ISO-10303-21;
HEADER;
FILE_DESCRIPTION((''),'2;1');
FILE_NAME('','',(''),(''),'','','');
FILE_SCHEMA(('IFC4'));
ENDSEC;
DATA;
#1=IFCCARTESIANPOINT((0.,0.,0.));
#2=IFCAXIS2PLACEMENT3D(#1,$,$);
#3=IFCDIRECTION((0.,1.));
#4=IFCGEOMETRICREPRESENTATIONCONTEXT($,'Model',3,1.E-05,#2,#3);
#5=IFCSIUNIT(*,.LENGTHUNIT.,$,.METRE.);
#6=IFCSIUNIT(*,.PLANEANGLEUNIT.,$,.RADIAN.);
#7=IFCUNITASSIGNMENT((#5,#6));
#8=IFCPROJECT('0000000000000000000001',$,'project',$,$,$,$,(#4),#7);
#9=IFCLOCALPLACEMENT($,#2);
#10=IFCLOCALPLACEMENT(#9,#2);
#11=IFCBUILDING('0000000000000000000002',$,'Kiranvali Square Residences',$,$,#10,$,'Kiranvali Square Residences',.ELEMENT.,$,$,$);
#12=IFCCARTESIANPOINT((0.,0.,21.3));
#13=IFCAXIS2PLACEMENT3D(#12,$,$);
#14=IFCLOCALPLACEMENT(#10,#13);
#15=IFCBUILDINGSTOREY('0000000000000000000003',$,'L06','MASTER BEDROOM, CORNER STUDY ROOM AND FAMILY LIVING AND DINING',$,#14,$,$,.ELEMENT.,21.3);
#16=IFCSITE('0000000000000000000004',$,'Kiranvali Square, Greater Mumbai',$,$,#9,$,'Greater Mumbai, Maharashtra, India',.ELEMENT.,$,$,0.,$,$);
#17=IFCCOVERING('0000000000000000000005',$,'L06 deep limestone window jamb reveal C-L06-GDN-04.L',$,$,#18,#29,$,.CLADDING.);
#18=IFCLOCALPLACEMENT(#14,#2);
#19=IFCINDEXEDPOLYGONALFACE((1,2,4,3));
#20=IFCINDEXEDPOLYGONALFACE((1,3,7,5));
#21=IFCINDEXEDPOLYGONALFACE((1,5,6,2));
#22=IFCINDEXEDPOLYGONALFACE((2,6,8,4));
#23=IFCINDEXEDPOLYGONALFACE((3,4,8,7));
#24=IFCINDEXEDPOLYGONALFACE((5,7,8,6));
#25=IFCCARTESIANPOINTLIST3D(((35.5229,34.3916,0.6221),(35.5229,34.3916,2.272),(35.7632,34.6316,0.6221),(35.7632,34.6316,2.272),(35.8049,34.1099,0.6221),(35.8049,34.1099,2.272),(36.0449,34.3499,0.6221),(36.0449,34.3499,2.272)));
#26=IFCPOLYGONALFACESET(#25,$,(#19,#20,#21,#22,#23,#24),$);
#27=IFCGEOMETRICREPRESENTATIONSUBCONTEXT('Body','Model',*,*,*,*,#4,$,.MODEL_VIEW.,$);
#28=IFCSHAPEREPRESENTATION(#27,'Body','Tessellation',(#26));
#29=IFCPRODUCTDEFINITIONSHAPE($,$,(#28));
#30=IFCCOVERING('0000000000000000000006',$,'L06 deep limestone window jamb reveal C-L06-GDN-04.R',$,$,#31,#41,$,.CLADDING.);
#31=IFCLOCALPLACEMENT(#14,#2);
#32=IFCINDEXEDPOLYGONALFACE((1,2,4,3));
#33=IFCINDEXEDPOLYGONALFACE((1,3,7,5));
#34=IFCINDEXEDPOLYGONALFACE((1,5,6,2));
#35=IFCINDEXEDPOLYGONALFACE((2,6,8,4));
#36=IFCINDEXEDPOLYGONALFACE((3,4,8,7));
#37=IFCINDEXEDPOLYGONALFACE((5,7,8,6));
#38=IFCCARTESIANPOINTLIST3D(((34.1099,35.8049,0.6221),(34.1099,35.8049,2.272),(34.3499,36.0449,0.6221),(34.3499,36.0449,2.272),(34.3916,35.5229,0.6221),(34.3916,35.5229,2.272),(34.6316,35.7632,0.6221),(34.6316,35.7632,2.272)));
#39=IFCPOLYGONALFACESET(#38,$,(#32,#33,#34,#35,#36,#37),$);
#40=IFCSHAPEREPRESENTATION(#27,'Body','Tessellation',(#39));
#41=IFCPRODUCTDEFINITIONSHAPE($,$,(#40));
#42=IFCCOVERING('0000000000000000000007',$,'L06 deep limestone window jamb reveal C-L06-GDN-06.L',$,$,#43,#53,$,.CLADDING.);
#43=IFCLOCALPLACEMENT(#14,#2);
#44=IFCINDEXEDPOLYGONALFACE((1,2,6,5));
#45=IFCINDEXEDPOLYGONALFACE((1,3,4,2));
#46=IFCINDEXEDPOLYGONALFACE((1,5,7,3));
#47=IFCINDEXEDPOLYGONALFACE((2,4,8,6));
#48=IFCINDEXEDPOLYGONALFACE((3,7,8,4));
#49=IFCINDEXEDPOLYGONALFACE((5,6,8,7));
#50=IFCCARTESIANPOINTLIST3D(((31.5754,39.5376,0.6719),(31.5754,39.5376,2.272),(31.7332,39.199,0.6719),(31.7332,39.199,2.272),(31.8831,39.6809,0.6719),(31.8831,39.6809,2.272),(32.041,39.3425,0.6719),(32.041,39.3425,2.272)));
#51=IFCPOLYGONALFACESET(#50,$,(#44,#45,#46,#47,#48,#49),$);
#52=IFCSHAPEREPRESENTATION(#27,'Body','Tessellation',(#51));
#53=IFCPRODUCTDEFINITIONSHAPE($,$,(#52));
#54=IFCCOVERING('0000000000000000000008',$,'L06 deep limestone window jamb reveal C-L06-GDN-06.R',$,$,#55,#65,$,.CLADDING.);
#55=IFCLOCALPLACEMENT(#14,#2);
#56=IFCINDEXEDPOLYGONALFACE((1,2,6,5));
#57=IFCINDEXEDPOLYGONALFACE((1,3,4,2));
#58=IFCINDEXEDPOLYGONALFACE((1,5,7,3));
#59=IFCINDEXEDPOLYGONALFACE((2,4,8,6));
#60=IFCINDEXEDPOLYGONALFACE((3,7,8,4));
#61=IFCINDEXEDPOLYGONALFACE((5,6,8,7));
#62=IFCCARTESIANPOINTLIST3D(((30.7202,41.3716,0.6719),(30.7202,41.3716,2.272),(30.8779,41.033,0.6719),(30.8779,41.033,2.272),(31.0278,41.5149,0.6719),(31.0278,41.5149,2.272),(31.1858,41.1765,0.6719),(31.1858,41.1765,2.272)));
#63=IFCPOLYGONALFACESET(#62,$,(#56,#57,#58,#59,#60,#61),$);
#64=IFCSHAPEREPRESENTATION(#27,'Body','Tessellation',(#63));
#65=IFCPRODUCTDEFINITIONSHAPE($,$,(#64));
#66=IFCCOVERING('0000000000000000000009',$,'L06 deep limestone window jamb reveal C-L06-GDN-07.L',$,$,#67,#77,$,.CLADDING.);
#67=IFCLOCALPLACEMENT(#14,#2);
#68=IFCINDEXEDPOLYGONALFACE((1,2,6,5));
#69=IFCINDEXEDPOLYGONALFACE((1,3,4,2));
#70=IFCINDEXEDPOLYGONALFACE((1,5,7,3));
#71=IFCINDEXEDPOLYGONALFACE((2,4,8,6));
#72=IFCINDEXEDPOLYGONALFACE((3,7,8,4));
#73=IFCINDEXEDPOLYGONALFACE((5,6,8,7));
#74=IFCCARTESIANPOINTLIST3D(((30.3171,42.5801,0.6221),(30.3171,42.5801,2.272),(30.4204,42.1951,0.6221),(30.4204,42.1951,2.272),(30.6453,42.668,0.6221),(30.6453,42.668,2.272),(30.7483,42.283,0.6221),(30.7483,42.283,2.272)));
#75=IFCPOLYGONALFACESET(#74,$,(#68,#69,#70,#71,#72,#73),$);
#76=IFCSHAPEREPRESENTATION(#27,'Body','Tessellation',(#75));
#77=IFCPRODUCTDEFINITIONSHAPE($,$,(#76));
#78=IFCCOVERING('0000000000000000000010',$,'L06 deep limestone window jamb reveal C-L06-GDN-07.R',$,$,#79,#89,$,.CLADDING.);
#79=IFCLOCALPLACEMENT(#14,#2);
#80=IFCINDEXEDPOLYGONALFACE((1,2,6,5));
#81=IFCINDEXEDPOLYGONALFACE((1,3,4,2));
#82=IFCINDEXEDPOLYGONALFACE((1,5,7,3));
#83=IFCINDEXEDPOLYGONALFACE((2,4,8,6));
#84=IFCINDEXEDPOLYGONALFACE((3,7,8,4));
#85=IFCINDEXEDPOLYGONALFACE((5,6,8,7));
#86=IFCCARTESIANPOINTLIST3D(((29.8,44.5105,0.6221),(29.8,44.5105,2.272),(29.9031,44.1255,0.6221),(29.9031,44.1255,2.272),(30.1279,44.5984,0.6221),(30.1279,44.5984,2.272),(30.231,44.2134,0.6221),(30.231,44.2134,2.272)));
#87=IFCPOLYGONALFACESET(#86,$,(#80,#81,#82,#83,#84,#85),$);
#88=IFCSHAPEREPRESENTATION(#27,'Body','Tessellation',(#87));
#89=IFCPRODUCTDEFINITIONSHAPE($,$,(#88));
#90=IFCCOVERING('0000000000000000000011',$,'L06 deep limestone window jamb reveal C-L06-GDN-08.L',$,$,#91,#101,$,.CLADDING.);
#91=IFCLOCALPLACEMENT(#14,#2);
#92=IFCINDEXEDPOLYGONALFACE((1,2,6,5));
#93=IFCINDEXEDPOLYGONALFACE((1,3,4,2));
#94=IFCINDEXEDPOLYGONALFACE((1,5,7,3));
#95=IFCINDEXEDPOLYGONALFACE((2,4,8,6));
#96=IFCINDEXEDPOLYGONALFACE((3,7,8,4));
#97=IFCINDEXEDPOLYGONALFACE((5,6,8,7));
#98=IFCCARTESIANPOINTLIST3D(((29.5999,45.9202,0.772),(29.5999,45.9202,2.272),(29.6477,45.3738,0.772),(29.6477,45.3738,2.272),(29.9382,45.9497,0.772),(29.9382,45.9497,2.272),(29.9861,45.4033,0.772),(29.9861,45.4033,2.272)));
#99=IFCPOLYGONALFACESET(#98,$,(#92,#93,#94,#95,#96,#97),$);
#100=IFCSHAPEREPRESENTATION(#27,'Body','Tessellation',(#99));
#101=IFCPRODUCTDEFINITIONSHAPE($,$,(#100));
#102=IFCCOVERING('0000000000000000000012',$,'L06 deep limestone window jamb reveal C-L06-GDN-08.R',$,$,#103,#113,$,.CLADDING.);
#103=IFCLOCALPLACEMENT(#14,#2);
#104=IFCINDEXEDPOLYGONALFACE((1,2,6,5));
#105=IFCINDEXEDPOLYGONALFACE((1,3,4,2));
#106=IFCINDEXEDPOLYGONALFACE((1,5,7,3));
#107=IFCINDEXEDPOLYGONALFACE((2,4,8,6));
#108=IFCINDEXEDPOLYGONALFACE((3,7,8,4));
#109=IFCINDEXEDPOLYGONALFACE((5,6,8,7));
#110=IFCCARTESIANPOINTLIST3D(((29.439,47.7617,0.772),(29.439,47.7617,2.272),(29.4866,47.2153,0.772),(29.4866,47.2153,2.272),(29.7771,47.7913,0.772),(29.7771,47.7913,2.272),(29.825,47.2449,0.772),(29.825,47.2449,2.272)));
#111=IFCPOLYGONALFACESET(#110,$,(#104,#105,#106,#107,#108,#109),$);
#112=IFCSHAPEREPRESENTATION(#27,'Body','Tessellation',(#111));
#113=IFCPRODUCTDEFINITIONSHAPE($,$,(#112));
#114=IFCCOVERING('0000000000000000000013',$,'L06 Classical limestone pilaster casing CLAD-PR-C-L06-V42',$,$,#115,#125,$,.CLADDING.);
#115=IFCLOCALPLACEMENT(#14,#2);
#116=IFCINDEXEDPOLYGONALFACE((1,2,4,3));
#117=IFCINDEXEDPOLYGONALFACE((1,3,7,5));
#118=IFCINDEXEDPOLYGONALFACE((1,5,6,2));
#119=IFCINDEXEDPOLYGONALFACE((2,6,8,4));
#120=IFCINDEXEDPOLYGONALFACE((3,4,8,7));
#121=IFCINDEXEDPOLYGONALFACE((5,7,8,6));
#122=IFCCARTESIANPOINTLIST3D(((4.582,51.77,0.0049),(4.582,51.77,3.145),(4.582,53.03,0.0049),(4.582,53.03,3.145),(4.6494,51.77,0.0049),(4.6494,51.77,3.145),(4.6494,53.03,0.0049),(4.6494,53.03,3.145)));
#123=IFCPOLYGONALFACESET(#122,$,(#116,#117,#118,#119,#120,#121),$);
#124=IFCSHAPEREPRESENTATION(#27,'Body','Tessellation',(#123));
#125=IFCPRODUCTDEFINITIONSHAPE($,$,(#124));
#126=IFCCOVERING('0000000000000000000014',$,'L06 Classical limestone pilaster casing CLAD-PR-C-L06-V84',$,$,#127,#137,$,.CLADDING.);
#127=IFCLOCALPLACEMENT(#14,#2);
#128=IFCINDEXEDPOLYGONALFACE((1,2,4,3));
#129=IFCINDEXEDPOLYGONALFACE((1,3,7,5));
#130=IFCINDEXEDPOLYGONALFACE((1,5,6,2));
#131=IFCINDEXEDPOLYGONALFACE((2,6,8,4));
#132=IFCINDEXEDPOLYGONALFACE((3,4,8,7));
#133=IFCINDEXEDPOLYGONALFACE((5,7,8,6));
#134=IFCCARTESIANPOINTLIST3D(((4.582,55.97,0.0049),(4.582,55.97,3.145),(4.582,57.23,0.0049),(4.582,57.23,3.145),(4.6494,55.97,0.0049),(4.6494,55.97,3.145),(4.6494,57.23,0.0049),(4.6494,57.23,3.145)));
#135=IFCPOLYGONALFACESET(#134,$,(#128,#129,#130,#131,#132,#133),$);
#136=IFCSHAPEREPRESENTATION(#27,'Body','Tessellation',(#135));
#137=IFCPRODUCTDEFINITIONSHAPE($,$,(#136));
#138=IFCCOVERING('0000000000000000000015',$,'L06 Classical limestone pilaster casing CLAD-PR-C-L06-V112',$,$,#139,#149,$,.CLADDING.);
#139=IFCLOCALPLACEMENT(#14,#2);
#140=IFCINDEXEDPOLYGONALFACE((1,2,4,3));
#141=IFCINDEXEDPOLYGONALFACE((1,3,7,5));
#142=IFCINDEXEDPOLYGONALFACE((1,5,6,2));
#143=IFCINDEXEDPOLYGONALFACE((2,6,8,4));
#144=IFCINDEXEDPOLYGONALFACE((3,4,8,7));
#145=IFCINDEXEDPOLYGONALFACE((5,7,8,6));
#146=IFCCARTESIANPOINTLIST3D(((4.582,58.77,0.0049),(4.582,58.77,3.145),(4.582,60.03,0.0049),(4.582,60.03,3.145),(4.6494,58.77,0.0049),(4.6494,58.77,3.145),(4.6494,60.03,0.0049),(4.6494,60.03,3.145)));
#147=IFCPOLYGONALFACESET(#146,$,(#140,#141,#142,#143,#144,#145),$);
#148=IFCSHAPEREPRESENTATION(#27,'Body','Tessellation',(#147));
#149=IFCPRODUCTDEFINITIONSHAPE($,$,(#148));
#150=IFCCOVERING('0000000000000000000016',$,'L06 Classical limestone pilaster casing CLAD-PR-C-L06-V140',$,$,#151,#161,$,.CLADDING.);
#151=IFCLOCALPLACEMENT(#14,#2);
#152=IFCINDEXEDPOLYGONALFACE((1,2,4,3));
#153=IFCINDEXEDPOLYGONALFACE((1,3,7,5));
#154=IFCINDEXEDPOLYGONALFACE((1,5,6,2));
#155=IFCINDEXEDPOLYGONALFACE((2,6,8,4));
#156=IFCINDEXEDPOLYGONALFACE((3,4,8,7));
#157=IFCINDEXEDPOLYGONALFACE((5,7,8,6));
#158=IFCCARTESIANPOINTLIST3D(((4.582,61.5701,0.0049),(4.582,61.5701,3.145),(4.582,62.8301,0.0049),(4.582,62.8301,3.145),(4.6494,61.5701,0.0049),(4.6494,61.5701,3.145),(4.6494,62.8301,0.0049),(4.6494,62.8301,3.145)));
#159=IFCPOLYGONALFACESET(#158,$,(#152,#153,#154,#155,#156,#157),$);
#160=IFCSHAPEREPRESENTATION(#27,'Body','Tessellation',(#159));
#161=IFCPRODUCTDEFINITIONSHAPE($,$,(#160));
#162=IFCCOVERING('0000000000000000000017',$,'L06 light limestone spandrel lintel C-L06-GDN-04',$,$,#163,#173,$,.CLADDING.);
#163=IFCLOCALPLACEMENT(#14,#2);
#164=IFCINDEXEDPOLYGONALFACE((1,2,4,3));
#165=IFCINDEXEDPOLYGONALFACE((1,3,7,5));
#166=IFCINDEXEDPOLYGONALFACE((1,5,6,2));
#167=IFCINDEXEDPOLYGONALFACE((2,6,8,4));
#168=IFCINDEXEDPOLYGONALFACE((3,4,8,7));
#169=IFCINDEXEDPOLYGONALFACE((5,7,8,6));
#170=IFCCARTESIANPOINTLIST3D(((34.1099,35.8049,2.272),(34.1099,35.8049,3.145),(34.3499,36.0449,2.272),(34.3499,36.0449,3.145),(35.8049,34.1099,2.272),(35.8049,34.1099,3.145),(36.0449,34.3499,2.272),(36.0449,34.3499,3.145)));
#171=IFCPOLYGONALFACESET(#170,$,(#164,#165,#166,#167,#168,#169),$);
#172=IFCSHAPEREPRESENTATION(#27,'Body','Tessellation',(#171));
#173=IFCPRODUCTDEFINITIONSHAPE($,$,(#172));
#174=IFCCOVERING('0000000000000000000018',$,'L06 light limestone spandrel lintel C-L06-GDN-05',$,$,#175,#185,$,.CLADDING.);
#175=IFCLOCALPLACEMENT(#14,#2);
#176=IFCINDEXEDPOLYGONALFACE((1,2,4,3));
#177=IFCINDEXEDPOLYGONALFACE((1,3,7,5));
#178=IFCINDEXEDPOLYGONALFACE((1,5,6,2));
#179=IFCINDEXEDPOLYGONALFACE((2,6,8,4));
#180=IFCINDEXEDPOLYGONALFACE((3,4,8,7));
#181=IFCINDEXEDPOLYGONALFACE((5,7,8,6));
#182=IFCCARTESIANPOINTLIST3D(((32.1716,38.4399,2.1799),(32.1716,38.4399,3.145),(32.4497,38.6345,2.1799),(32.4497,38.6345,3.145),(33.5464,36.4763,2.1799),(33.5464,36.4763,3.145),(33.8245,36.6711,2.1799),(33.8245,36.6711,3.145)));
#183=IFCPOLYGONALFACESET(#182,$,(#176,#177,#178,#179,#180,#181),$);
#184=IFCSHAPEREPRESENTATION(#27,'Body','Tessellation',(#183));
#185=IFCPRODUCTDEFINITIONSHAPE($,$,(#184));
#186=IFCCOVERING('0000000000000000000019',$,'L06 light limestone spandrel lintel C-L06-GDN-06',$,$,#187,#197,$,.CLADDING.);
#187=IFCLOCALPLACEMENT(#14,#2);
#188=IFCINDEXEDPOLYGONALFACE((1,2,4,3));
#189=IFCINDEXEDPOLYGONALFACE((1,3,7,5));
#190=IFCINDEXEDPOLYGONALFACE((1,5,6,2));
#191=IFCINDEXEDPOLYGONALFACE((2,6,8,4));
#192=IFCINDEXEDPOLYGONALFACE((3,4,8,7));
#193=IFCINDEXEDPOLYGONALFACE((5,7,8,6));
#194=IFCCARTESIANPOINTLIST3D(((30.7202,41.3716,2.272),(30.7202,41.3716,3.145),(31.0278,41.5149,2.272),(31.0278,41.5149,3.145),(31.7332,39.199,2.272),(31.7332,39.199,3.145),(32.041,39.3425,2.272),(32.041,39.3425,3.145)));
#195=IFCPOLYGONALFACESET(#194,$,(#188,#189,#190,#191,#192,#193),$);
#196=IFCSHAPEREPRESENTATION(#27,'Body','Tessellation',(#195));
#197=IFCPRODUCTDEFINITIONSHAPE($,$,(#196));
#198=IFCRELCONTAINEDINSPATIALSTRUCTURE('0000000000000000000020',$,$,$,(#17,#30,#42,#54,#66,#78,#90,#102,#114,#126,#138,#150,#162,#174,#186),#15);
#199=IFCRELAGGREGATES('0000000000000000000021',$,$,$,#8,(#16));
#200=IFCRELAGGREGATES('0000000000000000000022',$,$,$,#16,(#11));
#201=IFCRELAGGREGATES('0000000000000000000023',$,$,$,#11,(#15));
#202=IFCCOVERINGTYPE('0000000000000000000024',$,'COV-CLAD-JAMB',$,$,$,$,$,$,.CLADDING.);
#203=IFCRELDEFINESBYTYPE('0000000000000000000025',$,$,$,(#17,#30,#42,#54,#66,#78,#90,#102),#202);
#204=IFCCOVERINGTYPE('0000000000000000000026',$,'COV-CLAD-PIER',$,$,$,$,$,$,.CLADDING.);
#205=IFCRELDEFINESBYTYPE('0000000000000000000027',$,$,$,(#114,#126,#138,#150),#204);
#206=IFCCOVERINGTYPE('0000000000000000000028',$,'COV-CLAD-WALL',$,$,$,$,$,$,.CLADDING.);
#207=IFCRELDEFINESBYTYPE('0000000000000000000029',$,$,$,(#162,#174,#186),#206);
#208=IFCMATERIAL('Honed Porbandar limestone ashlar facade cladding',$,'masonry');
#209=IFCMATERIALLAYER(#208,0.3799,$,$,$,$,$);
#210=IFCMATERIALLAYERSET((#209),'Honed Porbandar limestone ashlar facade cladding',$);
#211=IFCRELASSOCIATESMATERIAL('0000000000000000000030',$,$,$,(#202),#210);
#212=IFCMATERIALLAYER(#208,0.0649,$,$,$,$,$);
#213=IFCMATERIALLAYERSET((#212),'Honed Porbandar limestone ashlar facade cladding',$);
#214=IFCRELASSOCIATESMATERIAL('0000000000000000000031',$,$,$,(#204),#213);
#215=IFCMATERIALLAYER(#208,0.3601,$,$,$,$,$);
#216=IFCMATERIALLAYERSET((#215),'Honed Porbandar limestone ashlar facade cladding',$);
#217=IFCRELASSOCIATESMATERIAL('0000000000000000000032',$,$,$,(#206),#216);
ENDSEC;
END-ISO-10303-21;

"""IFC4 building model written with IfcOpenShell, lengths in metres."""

from ifc_helpers import new_model, si_unit, direction, frame, origin, place, context, subcontext, project, spatial, polyline, outline, extrude, material, layer, layer_set, type_object, element, save


model = new_model("IFC4")

# Units and contexts
model_context = context("Model", 3, precision=1e-05, world=origin(), true_north=direction((0.0, 1.0)))
body_context = subcontext(model_context, "Body", "Model", "MODEL_VIEW")
ifc_project = project(units=[si_unit("LENGTHUNIT", "METRE"), si_unit("PLANEANGLEUNIT", "RADIAN")], contexts=[model_context])

# Site, building, storey
site_placement = place(None, origin())
site = spatial("IfcSite", under=ifc_project, at=site_placement, Name="Kiranvali Square, Greater Mumbai", LongName="Greater Mumbai, Maharashtra, India", CompositionType="ELEMENT", RefElevation=0.0)
building_placement = place(site_placement, origin())
building = spatial("IfcBuilding", under=site, at=building_placement, Name="Kiranvali Square Residences", LongName="Kiranvali Square Residences", CompositionType="ELEMENT")
storey_placement = place(building_placement, frame((0.0, 0.0, 21.3)))
storey = spatial("IfcBuildingStorey", under=building, at=storey_placement, Name="L06", Description="MASTER BEDROOM, CORNER STUDY ROOM AND FAMILY LIVING AND DINING", CompositionType="ELEMENT", Elevation=21.3)

# Coverings
ifc_material = material(Name="Honed Porbandar limestone ashlar facade cladding", Category="masonry")
ifc_layer_1 = layer(ifc_material, 0.3799)
ifc_layer_set_1 = layer_set([ifc_layer_1], Name="Honed Porbandar limestone ashlar facade cladding")
covering_type_1 = type_object("IfcCoveringType", Name="COV-CLAD-JAMB", PredefinedType="CLADDING", material=ifc_layer_set_1)
covering_1_placement = place(storey_placement, frame((0.0, 0.0, 0.6221)))
element("IfcCovering", 1, at=covering_1_placement, inside=storey, type_object=covering_type_1, Name="L06 deep limestone window jamb reveal C-L06-GDN-04.L", PredefinedType="CLADDING", context=body_context, shape_type="SweptSolid", body=[
    extrude(outline(polyline([(36.0449, 34.3499), (35.7632, 34.6316), (35.5229, 34.3916), (35.8049, 34.1099), (36.0449, 34.3499)])), origin(), (0.0, 0.0, 1.0), 1.6499),
])
covering_2_placement = place(storey_placement, frame((0.0, 0.0, 0.6221)))
element("IfcCovering", 2, at=covering_2_placement, inside=storey, type_object=covering_type_1, Name="L06 deep limestone window jamb reveal C-L06-GDN-04.R", PredefinedType="CLADDING", context=body_context, shape_type="SweptSolid", body=[
    extrude(outline(polyline([(34.6316, 35.7632), (34.3499, 36.0449), (34.1099, 35.8049), (34.3916, 35.5229), (34.6316, 35.7632)])), origin(), (0.0, 0.0, 1.0), 1.6499),
])
covering_3_placement = place(storey_placement, frame((0.0, 0.0, 0.6719)))
element("IfcCovering", 3, at=covering_3_placement, inside=storey, type_object=covering_type_1, Name="L06 deep limestone window jamb reveal C-L06-GDN-06.L", PredefinedType="CLADDING", context=body_context, shape_type="SweptSolid", body=[
    extrude(outline(polyline([(32.041, 39.3425), (31.8831, 39.6809), (31.5754, 39.5376), (31.7332, 39.199), (32.041, 39.3425)])), origin(), (0.0, 0.0, 1.0), 1.6001),
])
covering_4_placement = place(storey_placement, frame((0.0, 0.0, 0.6719)))
element("IfcCovering", 4, at=covering_4_placement, inside=storey, type_object=covering_type_1, Name="L06 deep limestone window jamb reveal C-L06-GDN-06.R", PredefinedType="CLADDING", context=body_context, shape_type="SweptSolid", body=[
    extrude(outline(polyline([(31.1858, 41.1765), (31.0278, 41.5149), (30.7202, 41.3716), (30.8779, 41.033), (31.1858, 41.1765)])), origin(), (0.0, 0.0, 1.0), 1.6001),
])
covering_5_placement = place(storey_placement, frame((0.0, 0.0, 0.6221)))
element("IfcCovering", 5, at=covering_5_placement, inside=storey, type_object=covering_type_1, Name="L06 deep limestone window jamb reveal C-L06-GDN-07.L", PredefinedType="CLADDING", context=body_context, shape_type="SweptSolid", body=[
    extrude(outline(polyline([(30.7483, 42.283), (30.6453, 42.668), (30.3171, 42.5801), (30.4204, 42.1951), (30.7483, 42.283)])), origin(), (0.0, 0.0, 1.0), 1.6499),
])
covering_6_placement = place(storey_placement, frame((0.0, 0.0, 0.6221)))
element("IfcCovering", 6, at=covering_6_placement, inside=storey, type_object=covering_type_1, Name="L06 deep limestone window jamb reveal C-L06-GDN-07.R", PredefinedType="CLADDING", context=body_context, shape_type="SweptSolid", body=[
    extrude(outline(polyline([(30.231, 44.2134), (30.1279, 44.5984), (29.8, 44.5105), (29.9031, 44.1255), (30.231, 44.2134)])), origin(), (0.0, 0.0, 1.0), 1.6499),
])
covering_7_placement = place(storey_placement, frame((0.0, 0.0, 0.772)))
element("IfcCovering", 7, at=covering_7_placement, inside=storey, type_object=covering_type_1, Name="L06 deep limestone window jamb reveal C-L06-GDN-08.L", PredefinedType="CLADDING", context=body_context, shape_type="SweptSolid", body=[
    extrude(outline(polyline([(29.9861, 45.4033), (29.9382, 45.9497), (29.5999, 45.9202), (29.6477, 45.3738), (29.9861, 45.4033)])), origin(), (0.0, 0.0, 1.0), 1.5),
])
covering_8_placement = place(storey_placement, frame((0.0, 0.0, 0.772)))
element("IfcCovering", 8, at=covering_8_placement, inside=storey, type_object=covering_type_1, Name="L06 deep limestone window jamb reveal C-L06-GDN-08.R", PredefinedType="CLADDING", context=body_context, shape_type="SweptSolid", body=[
    extrude(outline(polyline([(29.825, 47.2449), (29.7771, 47.7913), (29.439, 47.7617), (29.4866, 47.2153), (29.825, 47.2449)])), origin(), (0.0, 0.0, 1.0), 1.5),
])
ifc_layer_2 = layer(ifc_material, 0.0649)
ifc_layer_set_2 = layer_set([ifc_layer_2], Name="Honed Porbandar limestone ashlar facade cladding")
covering_type_2 = type_object("IfcCoveringType", Name="COV-CLAD-PIER", PredefinedType="CLADDING", material=ifc_layer_set_2)
covering_9_placement = place(storey_placement, frame((0.0, 0.0, 0.0049)))
element("IfcCovering", 9, at=covering_9_placement, inside=storey, type_object=covering_type_2, Name="L06 Classical limestone pilaster casing CLAD-PR-C-L06-V42", PredefinedType="CLADDING", context=body_context, shape_type="SweptSolid", body=[
    extrude(outline(polyline([(4.6494, 51.77), (4.6494, 53.03), (4.582, 53.03), (4.582, 51.77), (4.6494, 51.77)])), origin(), (0.0, 0.0, 1.0), 3.1401),
])
covering_10_placement = place(storey_placement, frame((0.0, 0.0, 0.0049)))
element("IfcCovering", 10, at=covering_10_placement, inside=storey, type_object=covering_type_2, Name="L06 Classical limestone pilaster casing CLAD-PR-C-L06-V84", PredefinedType="CLADDING", context=body_context, shape_type="SweptSolid", body=[
    extrude(outline(polyline([(4.6494, 55.97), (4.6494, 57.23), (4.582, 57.23), (4.582, 55.97), (4.6494, 55.97)])), origin(), (0.0, 0.0, 1.0), 3.1401),
])
covering_11_placement = place(storey_placement, frame((0.0, 0.0, 0.0049)))
element("IfcCovering", 11, at=covering_11_placement, inside=storey, type_object=covering_type_2, Name="L06 Classical limestone pilaster casing CLAD-PR-C-L06-V112", PredefinedType="CLADDING", context=body_context, shape_type="SweptSolid", body=[
    extrude(outline(polyline([(4.6494, 58.77), (4.6494, 60.03), (4.582, 60.03), (4.582, 58.77), (4.6494, 58.77)])), origin(), (0.0, 0.0, 1.0), 3.1401),
])
covering_12_placement = place(storey_placement, frame((0.0, 0.0, 0.0049)))
element("IfcCovering", 12, at=covering_12_placement, inside=storey, type_object=covering_type_2, Name="L06 Classical limestone pilaster casing CLAD-PR-C-L06-V140", PredefinedType="CLADDING", context=body_context, shape_type="SweptSolid", body=[
    extrude(outline(polyline([(4.6494, 61.5701), (4.6494, 62.8301), (4.582, 62.8301), (4.582, 61.5701), (4.6494, 61.5701)])), origin(), (0.0, 0.0, 1.0), 3.1401),
])
ifc_layer_3 = layer(ifc_material, 0.3601)
ifc_layer_set_3 = layer_set([ifc_layer_3], Name="Honed Porbandar limestone ashlar facade cladding")
covering_type_3 = type_object("IfcCoveringType", Name="COV-CLAD-WALL", PredefinedType="CLADDING", material=ifc_layer_set_3)
covering_13_placement = place(storey_placement, frame((0.0, 0.0, 2.272)))
element("IfcCovering", 13, at=covering_13_placement, inside=storey, type_object=covering_type_3, Name="L06 light limestone spandrel lintel C-L06-GDN-04", PredefinedType="CLADDING", context=body_context, shape_type="SweptSolid", body=[
    extrude(outline(polyline([(36.0449, 34.3499), (34.3499, 36.0449), (34.1099, 35.8049), (35.8049, 34.1099), (36.0449, 34.3499)])), origin(), (0.0, 0.0, 1.0), 0.873),
])
covering_14_placement = place(storey_placement, frame((0.0, 0.0, 2.1799)))
element("IfcCovering", 14, at=covering_14_placement, inside=storey, type_object=covering_type_3, Name="L06 light limestone spandrel lintel C-L06-GDN-05", PredefinedType="CLADDING", context=body_context, shape_type="SweptSolid", body=[
    extrude(outline(polyline([(33.8245, 36.6711), (32.4497, 38.6345), (32.1716, 38.4399), (33.5464, 36.4763), (33.8245, 36.6711)])), origin(), (0.0, 0.0, 1.0), 0.9651),
])
covering_15_placement = place(storey_placement, frame((0.0, 0.0, 2.272)))
element("IfcCovering", 15, at=covering_15_placement, inside=storey, type_object=covering_type_3, Name="L06 light limestone spandrel lintel C-L06-GDN-06", PredefinedType="CLADDING", context=body_context, shape_type="SweptSolid", body=[
    extrude(outline(polyline([(32.041, 39.3425), (31.0278, 41.5149), (30.7202, 41.3716), (31.7332, 39.199), (32.041, 39.3425)])), origin(), (0.0, 0.0, 1.0), 0.873),
])

save(model, "model.ifc")
